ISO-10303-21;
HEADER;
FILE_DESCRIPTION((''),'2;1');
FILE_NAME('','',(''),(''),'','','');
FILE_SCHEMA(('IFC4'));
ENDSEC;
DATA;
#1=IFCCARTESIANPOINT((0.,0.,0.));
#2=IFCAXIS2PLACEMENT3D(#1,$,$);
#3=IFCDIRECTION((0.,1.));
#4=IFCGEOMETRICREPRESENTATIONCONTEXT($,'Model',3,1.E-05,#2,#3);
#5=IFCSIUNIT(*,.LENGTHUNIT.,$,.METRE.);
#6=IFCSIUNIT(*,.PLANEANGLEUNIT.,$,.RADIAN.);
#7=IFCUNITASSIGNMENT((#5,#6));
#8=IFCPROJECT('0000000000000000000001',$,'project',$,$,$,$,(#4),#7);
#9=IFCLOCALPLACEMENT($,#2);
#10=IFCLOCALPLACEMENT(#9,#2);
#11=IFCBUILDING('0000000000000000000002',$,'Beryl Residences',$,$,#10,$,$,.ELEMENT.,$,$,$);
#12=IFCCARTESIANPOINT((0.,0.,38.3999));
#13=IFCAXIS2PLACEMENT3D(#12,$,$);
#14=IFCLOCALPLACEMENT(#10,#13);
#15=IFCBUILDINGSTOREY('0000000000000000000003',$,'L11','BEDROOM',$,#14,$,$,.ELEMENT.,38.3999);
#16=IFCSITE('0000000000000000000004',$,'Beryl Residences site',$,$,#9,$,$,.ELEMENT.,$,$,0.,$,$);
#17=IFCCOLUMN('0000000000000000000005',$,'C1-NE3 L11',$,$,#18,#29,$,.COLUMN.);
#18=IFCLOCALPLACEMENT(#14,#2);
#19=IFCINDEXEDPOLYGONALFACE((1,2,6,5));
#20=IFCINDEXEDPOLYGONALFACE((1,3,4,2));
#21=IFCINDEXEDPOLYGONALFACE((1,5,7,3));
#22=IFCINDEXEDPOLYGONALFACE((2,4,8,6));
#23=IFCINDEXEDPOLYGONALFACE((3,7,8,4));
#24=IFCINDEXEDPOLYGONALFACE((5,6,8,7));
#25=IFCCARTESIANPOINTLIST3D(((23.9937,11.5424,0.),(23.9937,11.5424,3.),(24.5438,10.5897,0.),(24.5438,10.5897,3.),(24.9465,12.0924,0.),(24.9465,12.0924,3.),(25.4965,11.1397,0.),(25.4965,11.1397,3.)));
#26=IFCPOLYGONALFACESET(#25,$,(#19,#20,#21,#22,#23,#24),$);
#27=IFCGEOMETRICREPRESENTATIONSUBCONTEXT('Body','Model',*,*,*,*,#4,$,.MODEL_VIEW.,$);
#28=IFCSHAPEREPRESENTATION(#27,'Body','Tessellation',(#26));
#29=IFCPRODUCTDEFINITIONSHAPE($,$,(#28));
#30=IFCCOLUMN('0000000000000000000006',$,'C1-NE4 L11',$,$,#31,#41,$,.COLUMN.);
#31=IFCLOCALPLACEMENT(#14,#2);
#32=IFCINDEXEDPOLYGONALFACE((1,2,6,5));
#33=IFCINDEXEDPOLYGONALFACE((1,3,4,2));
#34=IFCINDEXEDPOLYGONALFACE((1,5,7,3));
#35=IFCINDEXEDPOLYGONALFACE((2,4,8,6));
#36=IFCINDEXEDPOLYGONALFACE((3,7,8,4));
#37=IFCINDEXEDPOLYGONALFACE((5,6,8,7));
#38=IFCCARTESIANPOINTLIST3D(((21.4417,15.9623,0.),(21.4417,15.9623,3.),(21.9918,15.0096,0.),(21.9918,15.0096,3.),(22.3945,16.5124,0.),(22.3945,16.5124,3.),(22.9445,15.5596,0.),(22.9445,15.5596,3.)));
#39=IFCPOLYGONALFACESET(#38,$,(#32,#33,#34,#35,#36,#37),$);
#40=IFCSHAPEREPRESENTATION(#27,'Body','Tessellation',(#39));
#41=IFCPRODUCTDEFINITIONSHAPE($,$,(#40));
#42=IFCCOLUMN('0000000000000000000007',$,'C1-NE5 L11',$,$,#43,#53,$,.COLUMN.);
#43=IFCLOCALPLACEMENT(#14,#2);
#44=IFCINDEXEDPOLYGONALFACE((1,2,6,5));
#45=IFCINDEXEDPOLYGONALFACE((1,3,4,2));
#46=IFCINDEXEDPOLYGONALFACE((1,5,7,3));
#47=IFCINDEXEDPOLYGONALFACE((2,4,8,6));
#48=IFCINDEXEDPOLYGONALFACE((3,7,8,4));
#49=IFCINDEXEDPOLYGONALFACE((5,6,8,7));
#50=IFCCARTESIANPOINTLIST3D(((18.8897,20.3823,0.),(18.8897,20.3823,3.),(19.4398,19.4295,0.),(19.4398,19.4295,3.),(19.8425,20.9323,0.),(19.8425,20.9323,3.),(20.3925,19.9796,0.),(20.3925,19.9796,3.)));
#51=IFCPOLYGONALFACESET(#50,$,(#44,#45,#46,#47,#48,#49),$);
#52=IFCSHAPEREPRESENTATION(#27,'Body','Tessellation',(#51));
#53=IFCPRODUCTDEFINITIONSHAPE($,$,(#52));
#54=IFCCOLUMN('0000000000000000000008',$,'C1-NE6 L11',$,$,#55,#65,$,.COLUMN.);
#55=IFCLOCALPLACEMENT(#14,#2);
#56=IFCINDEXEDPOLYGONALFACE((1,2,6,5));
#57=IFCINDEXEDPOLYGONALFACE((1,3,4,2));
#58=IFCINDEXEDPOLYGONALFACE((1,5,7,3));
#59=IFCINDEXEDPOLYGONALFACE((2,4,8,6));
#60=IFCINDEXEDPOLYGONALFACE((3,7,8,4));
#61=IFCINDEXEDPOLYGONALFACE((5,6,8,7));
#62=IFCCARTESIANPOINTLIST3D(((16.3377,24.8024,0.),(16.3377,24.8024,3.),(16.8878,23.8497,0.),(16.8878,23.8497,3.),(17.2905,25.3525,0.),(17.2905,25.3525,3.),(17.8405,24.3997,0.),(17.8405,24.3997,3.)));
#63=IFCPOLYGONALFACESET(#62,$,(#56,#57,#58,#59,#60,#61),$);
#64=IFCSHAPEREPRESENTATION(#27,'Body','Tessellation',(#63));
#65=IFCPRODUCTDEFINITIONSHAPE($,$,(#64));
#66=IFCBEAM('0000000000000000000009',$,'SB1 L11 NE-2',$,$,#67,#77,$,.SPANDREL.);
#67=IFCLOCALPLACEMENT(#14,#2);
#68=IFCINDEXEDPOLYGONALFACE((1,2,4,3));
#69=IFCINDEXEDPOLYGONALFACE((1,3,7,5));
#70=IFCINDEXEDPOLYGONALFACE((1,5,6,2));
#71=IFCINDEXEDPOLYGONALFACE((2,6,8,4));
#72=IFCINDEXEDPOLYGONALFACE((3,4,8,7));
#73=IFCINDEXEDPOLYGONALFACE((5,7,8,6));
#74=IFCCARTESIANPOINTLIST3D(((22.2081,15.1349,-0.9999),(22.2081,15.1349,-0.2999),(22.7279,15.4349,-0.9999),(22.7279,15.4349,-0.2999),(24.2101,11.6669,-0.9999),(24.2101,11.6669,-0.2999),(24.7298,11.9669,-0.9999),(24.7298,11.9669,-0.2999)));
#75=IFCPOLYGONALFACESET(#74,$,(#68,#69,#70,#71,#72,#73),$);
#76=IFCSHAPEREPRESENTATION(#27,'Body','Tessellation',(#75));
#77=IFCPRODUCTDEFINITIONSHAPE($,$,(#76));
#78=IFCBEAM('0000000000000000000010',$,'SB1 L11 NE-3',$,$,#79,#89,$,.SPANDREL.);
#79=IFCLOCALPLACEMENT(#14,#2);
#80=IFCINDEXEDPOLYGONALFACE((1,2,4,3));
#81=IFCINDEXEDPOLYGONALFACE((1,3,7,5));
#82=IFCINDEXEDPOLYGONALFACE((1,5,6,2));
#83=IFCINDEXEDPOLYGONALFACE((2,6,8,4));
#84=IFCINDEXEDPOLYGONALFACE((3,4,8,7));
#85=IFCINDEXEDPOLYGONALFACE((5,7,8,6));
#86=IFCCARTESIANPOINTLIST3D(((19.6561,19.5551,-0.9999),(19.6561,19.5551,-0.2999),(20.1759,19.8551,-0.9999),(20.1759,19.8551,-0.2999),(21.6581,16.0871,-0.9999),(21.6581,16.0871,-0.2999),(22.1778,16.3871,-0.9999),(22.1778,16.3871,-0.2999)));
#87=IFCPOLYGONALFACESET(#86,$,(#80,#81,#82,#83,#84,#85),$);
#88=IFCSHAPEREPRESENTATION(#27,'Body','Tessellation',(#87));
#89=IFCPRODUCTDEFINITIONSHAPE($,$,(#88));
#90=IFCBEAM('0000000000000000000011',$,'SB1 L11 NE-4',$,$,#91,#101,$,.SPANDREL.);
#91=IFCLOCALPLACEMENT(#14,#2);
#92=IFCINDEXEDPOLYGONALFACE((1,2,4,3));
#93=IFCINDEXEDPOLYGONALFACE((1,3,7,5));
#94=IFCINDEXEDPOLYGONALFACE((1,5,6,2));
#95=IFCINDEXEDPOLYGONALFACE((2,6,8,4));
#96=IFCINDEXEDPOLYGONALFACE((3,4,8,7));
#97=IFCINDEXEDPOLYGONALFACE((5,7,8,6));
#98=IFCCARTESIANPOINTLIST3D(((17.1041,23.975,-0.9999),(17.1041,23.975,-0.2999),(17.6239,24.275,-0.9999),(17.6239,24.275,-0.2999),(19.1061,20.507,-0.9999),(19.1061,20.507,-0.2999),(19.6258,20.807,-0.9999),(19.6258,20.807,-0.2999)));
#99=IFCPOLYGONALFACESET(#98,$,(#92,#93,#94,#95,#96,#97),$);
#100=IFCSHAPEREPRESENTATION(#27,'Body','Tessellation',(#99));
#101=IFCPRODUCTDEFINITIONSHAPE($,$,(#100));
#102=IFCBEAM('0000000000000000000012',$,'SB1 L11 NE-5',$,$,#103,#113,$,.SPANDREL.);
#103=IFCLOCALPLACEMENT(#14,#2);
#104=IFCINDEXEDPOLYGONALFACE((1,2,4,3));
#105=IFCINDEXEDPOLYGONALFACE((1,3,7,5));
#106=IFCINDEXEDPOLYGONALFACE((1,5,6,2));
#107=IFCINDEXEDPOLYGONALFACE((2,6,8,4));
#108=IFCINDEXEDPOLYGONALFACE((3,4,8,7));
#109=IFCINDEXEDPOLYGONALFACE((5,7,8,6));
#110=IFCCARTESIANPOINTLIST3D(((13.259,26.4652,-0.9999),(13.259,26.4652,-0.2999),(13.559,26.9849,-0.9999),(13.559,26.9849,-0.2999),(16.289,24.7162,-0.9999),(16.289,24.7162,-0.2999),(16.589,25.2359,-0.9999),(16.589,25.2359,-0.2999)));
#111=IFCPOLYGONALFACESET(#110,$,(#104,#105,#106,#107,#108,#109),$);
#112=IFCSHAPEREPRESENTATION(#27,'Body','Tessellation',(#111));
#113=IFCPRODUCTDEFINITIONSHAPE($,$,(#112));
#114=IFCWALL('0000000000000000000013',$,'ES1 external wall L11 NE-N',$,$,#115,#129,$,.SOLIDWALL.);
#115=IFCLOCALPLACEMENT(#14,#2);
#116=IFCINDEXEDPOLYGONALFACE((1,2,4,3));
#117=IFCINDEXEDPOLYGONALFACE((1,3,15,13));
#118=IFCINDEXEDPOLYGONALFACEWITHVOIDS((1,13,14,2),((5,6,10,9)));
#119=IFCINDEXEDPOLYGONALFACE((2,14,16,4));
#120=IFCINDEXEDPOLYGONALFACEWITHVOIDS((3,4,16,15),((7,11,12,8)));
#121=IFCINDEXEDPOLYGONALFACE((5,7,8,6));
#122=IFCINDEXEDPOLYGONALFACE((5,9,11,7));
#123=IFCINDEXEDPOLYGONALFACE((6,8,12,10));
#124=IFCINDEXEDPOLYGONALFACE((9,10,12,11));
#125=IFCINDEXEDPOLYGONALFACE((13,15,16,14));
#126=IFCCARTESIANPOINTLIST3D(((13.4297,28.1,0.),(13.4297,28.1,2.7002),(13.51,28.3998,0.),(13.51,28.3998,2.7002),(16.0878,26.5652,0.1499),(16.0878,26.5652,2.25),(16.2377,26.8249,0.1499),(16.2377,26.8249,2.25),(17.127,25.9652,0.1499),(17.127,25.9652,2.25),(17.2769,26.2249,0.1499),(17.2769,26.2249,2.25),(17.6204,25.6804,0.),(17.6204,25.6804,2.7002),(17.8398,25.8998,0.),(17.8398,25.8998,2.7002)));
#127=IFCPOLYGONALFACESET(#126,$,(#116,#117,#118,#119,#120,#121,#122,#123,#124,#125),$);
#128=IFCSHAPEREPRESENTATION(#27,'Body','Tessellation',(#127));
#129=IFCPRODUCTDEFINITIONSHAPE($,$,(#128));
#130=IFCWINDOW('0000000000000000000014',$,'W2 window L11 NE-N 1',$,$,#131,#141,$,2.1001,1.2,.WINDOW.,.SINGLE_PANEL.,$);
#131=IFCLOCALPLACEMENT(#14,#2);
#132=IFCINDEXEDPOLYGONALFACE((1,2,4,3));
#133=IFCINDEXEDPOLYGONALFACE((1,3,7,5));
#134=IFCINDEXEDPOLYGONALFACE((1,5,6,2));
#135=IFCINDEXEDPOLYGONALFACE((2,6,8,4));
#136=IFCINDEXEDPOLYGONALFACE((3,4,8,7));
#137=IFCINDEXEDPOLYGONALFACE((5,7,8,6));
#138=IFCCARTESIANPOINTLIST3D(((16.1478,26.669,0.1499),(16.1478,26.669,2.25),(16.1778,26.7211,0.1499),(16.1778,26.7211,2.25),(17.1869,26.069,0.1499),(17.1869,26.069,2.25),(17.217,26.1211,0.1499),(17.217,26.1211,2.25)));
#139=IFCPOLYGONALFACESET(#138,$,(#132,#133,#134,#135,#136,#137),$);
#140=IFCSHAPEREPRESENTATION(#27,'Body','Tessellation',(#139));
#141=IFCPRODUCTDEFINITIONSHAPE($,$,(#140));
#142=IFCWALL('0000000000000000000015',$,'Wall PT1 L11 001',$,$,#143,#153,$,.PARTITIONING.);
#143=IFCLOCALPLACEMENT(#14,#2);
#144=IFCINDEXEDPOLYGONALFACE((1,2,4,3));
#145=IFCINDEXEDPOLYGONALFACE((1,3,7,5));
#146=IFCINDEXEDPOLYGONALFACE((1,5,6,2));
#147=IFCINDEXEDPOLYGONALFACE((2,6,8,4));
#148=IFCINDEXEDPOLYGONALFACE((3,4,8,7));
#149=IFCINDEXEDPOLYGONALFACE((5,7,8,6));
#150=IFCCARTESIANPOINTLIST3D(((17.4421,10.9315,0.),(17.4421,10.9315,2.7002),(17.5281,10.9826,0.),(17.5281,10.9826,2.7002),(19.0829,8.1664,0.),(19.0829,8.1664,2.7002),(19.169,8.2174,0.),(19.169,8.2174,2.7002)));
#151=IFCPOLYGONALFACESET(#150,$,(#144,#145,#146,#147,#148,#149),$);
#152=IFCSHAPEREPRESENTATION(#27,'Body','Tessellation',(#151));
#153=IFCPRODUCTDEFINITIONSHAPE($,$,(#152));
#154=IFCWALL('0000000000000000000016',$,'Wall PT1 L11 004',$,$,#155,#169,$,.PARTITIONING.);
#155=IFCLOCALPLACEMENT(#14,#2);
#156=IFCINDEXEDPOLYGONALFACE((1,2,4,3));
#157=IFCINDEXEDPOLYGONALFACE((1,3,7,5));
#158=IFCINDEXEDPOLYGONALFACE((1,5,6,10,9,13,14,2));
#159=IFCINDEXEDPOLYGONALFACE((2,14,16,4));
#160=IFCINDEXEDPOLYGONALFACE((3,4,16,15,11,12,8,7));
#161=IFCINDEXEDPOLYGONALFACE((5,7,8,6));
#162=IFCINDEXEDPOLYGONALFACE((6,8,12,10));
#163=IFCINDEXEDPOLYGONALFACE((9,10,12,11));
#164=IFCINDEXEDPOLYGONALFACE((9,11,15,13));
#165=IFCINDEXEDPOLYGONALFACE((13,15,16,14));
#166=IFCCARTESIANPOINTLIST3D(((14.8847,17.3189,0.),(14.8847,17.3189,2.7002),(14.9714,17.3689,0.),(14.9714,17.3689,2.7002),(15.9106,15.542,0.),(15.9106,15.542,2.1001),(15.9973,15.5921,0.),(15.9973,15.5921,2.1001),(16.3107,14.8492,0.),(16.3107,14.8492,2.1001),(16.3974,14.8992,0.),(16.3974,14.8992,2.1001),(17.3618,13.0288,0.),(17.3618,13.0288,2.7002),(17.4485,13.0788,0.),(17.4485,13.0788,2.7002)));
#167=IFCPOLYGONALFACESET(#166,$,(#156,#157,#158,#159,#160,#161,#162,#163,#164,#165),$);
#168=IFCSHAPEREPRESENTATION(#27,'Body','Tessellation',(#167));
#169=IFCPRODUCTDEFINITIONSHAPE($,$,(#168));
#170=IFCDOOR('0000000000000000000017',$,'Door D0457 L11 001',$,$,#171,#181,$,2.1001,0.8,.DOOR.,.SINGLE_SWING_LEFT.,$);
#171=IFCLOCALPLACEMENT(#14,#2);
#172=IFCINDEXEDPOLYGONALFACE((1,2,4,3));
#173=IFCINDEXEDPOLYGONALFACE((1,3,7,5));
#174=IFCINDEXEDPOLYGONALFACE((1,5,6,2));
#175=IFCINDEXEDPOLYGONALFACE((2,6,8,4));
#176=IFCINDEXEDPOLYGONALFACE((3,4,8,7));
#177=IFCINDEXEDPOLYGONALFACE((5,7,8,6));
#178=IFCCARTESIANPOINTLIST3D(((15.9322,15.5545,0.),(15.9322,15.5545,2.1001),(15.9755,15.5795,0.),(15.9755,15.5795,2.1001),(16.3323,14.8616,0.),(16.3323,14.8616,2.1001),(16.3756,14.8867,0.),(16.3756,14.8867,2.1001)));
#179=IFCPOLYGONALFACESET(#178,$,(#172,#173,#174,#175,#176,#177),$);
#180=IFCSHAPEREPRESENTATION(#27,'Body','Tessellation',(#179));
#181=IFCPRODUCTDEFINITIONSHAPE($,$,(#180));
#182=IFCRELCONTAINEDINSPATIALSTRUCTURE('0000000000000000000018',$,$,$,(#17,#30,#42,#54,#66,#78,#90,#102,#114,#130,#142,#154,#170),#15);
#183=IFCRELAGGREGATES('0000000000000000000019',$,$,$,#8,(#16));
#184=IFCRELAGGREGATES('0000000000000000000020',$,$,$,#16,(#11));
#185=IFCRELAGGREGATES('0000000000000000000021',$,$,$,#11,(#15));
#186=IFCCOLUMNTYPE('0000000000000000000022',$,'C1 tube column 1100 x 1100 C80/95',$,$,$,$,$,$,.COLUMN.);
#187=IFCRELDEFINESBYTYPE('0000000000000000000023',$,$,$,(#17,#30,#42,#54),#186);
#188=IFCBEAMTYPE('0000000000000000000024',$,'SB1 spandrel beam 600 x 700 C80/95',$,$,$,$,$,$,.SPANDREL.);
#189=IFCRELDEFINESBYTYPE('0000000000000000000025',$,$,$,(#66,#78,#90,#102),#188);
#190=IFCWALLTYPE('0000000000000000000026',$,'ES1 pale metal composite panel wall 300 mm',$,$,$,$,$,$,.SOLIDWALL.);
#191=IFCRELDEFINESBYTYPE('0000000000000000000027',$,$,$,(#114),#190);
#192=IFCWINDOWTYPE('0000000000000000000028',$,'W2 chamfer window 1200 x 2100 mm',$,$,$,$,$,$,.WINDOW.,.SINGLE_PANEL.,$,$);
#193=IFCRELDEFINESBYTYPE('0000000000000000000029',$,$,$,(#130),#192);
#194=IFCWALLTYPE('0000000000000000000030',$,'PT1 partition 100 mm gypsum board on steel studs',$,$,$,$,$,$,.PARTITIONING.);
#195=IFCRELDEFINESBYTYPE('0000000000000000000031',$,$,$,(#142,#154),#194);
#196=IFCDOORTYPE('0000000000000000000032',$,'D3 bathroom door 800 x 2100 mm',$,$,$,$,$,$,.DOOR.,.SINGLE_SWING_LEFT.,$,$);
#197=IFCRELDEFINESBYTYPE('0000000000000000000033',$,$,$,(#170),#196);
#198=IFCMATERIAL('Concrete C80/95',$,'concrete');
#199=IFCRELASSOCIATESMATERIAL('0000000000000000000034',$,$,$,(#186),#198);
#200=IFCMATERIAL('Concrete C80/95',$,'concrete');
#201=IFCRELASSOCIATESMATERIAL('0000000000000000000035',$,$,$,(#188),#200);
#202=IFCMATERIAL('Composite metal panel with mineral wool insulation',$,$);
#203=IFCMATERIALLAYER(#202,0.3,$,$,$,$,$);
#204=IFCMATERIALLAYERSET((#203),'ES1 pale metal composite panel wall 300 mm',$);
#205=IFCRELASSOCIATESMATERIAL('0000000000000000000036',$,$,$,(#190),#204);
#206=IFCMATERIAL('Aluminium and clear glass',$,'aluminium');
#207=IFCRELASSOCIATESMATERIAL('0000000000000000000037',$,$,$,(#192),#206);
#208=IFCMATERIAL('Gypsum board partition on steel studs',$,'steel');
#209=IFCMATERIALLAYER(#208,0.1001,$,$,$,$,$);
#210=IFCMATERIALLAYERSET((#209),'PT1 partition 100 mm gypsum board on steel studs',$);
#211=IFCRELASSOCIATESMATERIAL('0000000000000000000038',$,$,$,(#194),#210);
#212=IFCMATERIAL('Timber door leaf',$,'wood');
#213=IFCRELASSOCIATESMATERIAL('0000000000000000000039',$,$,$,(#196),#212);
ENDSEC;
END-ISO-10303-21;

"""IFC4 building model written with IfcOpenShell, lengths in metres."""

from ifc_helpers import new_model, si_unit, direction, frame, frame_2d, origin, origin_2d, place, context, subcontext, project, spatial, polyline, rectangle, outline, extrude, material, layer, layer_set, material_profile, profile_set, type_object, element, fill, save


model = new_model("IFC4")

# Units and contexts
model_context = context("Model", 3, precision=1e-05, world=origin(), true_north=direction((0.0, 1.0)))
body_context = subcontext(model_context, "Body", "Model", "MODEL_VIEW")
ifc_project = project(units=[si_unit("LENGTHUNIT", "METRE"), si_unit("PLANEANGLEUNIT", "RADIAN")], contexts=[model_context])

# Site, building, storey
site_placement = place(None, origin())
site = spatial("IfcSite", under=ifc_project, at=site_placement, Name="Beryl Residences site", CompositionType="ELEMENT", RefElevation=0.0)
building_placement = place(site_placement, origin())
building = spatial("IfcBuilding", under=site, at=building_placement, Name="Beryl Residences", CompositionType="ELEMENT")
storey_placement = place(building_placement, frame((0.0, 0.0, 38.3999)))
storey = spatial("IfcBuildingStorey", under=building, at=storey_placement, Name="L11", Description="BEDROOM", CompositionType="ELEMENT", Elevation=38.3999)

# Columns
ifc_material_1 = material(Name="Concrete C80/95", Category="concrete")
ifc_material_profile_1 = material_profile(ifc_material_1, rectangle(XDim=1.1001, YDim=1.1001, at=origin_2d()))
ifc_profile_set_1 = profile_set([ifc_material_profile_1], Name="Concrete C80/95")
column_type = type_object("IfcColumnType", Name="C1 tube column 1100 x 1100 C80/95", PredefinedType="COLUMN", material=ifc_profile_set_1)
for number, where, z_axis, x_axis, name in (
    (1, (24.7451, 11.3411, 0.0), (0.0, 0.0, 1.0), (-0.499985, 0.866034, 0.0), "C1-NE3 L11"),
    (2, (22.1931, 15.761, 0.0), (0.0, 0.0, 1.0), (-0.499985, 0.866034, 0.0), "C1-NE4 L11"),
    (3, (19.6411, 20.1809, 0.0), (0.0, 0.0, 1.0), (-0.499985, 0.866034, 0.0), "C1-NE5 L11"),
    (4, (17.0891, 24.6011, 0.0), (0.0, 0.0, 1.0), (-0.499985, 0.866034, 0.0), "C1-NE6 L11"),
):
    element("IfcColumn", number, at=place(storey_placement, frame(where, z_axis=z_axis, x_axis=x_axis)), inside=storey, type_object=column_type, Name=name, PredefinedType="COLUMN", context=body_context, shape_type="SweptSolid", body=[
        extrude(rectangle(XDim=1.1001, YDim=1.1001, at=origin_2d()), origin(), (0.0, 0.0, 1.0), 3.0),
    ])

# Beams
ifc_material_2 = material(Name="Concrete C80/95", Category="concrete")
ifc_material_profile_2 = material_profile(ifc_material_2, rectangle(XDim=0.6001, YDim=0.7, at=origin_2d()))
ifc_profile_set_2 = profile_set([ifc_material_profile_2], Name="Concrete C80/95")
beam_type = type_object("IfcBeamType", Name="SB1 spandrel beam 600 x 700 C80/95", PredefinedType="SPANDREL", material=ifc_profile_set_2)
for number, where, z_axis, x_axis, name in (
    (5, (24.47, 11.8169, -0.6499), (-0.499942, 0.866059, 0.0), (-0.866059, -0.499942, 0.0), "SB1 L11 NE-2"),
    (6, (21.918, 16.2371, -0.6499), (-0.499942, 0.866059, 0.0), (-0.866059, -0.499942, 0.0), "SB1 L11 NE-3"),
    (7, (19.366, 20.657, -0.6499), (-0.499942, 0.866059, 0.0), (-0.866059, -0.499942, 0.0), "SB1 L11 NE-4"),
):
    element("IfcBeam", number, at=place(storey_placement, frame(where, z_axis=z_axis, x_axis=x_axis)), inside=storey, type_object=beam_type, Name=name, PredefinedType="SPANDREL", context=body_context, shape_type="SweptSolid", body=[
        extrude(rectangle(XDim=0.6001, YDim=0.7, at=origin_2d()), origin(), (0.0, 0.0, 1.0), 4.0044),
    ])
beam_placement = place(storey_placement, frame((16.439, 24.9761, -0.6499), z_axis=(-0.866071, 0.499922, 0.0), x_axis=(-0.499922, -0.866071, 0.0)))
element("IfcBeam", 8, at=beam_placement, inside=storey, type_object=beam_type, Name="SB1 L11 NE-5", PredefinedType="SPANDREL", context=body_context, shape_type="SweptSolid", body=[
    extrude(rectangle(XDim=0.6001, YDim=0.7, at=origin_2d()), origin(), (0.0, 0.0, 1.0), 3.4985),
])

# Wall, opening, window
ifc_material_3 = material(Name="Composite metal panel with mineral wool insulation")
ifc_layer_1 = layer(ifc_material_3, 0.3)
ifc_layer_set_1 = layer_set([ifc_layer_1], Name="ES1 pale metal composite panel wall 300 mm")
wall_type_1 = type_object("IfcWallType", Name="ES1 pale metal composite panel wall 300 mm", PredefinedType="SOLIDWALL", material=ifc_layer_set_1)
wall_1_placement = place(storey_placement, frame((17.7649, 25.77, 0.0), z_axis=(0.0, 0.0, 1.0), x_axis=(-0.866011, 0.500025, 0.0)))
wall_1 = element("IfcWall", 9, at=wall_1_placement, inside=storey, type_object=wall_type_1, Name="ES1 external wall L11 NE-N", PredefinedType="SOLIDWALL", context=body_context, shape_type="SweptSolid", body=[
    extrude(outline(polyline([(0.0, -0.1499), (4.9998, -0.1499), (4.9194, 0.1499), (0.0803, 0.1499), (0.0, -0.1499)])), origin(), (0.0, 0.0, 1.0), 2.7002),
])
opening_1_placement = place(wall_1_placement, frame((0.6499, 0.0, 0.1499)))
opening_1 = element("IfcOpeningElement", 10, at=opening_1_placement, cuts=wall_1, PredefinedType="OPENING", context=body_context, shape_type="SweptSolid", body=[
    extrude(rectangle(XDim=1.2, YDim=2.1001, at=frame_2d((0.6001, 1.05))), frame((0.0, 0.1599, 0.0), z_axis=(0.0, -1.0, 0.0), x_axis=(1.0, 0.0, 0.0)), (0.0, 0.0, 1.0), 0.3201),
])
ifc_material_4 = material(Name="Aluminium and clear glass", Category="aluminium")
window_type = type_object("IfcWindowType", Name="W2 chamfer window 1200 x 2100 mm", PartitioningType="SINGLE_PANEL", PredefinedType="WINDOW", material=ifc_material_4)
window_placement = place(opening_1_placement, origin())
window = element("IfcWindow", 11, at=window_placement, inside=storey, type_object=window_type, Name="W2 window L11 NE-N 1", OverallHeight=2.1001, OverallWidth=1.2, PartitioningType="SINGLE_PANEL", PredefinedType="WINDOW", context=body_context, shape_type="SweptSolid", body=[
    extrude(rectangle(XDim=1.2, YDim=2.1001, at=frame_2d((0.6001, 1.05))), frame((0.0, 0.03, 0.0), z_axis=(0.0, -1.0, 0.0), x_axis=(1.0, 0.0, 0.0)), (0.0, 0.0, 1.0), 0.0601),
])
fill(opening_1, window)

# Wall
ifc_material_5 = material(Name="Gypsum board partition on steel studs", Category="steel")
ifc_layer_2 = layer(ifc_material_5, 0.1001)
ifc_layer_set_2 = layer_set([ifc_layer_2], Name="PT1 partition 100 mm gypsum board on steel studs")
wall_type_2 = type_object("IfcWallType", Name="PT1 partition 100 mm gypsum board on steel studs", PredefinedType="PARTITIONING", material=ifc_layer_set_2)
wall_2_placement = place(storey_placement, frame((17.4851, 10.957, 0.0), z_axis=(0.0, 0.0, 1.0), x_axis=(0.510325, -0.859982, 0.0)))
element("IfcWall", 12, at=wall_2_placement, inside=storey, type_object=wall_type_2, Name="Wall PT1 L11 001", PredefinedType="PARTITIONING", context=body_context, shape_type="SweptSolid", body=[
    extrude(rectangle(XDim=3.2153, YDim=0.1001, at=frame_2d((1.6077, 0.0))), origin(), (0.0, 0.0, 1.0), 2.7002),
])

# Wall, opening, door
wall_3_placement = place(storey_placement, frame((14.928, 17.344, 0.0), z_axis=(0.0, 0.0, 1.0), x_axis=(0.50003, -0.866008, 0.0)))
wall_3 = element("IfcWall", 13, at=wall_3_placement, inside=storey, type_object=wall_type_2, Name="Wall PT1 L11 004", PredefinedType="PARTITIONING", context=body_context, shape_type="SweptSolid", body=[
    extrude(rectangle(XDim=4.9539, YDim=0.1001, at=frame_2d((2.4771, 0.0))), origin(), (0.0, 0.0, 1.0), 2.7002),
])
opening_2_placement = place(wall_3_placement, frame((2.052, 0.0, 0.0)))
opening_2 = element("IfcOpeningElement", 14, at=opening_2_placement, cuts=wall_3, PredefinedType="OPENING", context=body_context, shape_type="SweptSolid", body=[
    extrude(rectangle(XDim=0.8, YDim=2.1001, at=frame_2d((0.3999, 1.05))), frame((0.0, 0.0601, 0.0), z_axis=(0.0, -1.0, 0.0), x_axis=(1.0, 0.0, 0.0)), (0.0, 0.0, 1.0), 0.1201),
])
ifc_material_6 = material(Name="Timber door leaf", Category="wood")
door_type_1 = type_object("IfcDoorType", Name="D3 bathroom door 800 x 2100 mm", OperationType="SINGLE_SWING_LEFT", PredefinedType="DOOR", material=ifc_material_6)
door_1_placement = place(opening_2_placement, origin())
door_1 = element("IfcDoor", 15, at=door_1_placement, inside=storey, type_object=door_type_1, Name="Door D0457 L11 001", OperationType="SINGLE_SWING_LEFT", OverallHeight=2.1001, OverallWidth=0.8, PredefinedType="DOOR", context=body_context, shape_type="SweptSolid", body=[
    extrude(rectangle(XDim=0.8, YDim=2.1001, at=frame_2d((0.3999, 1.05))), frame((0.0, 0.0249, 0.0), z_axis=(0.0, -1.0, 0.0), x_axis=(1.0, 0.0, 0.0)), (0.0, 0.0, 1.0), 0.05),
])
fill(opening_2, door_1)

save(model, "model.ifc")
